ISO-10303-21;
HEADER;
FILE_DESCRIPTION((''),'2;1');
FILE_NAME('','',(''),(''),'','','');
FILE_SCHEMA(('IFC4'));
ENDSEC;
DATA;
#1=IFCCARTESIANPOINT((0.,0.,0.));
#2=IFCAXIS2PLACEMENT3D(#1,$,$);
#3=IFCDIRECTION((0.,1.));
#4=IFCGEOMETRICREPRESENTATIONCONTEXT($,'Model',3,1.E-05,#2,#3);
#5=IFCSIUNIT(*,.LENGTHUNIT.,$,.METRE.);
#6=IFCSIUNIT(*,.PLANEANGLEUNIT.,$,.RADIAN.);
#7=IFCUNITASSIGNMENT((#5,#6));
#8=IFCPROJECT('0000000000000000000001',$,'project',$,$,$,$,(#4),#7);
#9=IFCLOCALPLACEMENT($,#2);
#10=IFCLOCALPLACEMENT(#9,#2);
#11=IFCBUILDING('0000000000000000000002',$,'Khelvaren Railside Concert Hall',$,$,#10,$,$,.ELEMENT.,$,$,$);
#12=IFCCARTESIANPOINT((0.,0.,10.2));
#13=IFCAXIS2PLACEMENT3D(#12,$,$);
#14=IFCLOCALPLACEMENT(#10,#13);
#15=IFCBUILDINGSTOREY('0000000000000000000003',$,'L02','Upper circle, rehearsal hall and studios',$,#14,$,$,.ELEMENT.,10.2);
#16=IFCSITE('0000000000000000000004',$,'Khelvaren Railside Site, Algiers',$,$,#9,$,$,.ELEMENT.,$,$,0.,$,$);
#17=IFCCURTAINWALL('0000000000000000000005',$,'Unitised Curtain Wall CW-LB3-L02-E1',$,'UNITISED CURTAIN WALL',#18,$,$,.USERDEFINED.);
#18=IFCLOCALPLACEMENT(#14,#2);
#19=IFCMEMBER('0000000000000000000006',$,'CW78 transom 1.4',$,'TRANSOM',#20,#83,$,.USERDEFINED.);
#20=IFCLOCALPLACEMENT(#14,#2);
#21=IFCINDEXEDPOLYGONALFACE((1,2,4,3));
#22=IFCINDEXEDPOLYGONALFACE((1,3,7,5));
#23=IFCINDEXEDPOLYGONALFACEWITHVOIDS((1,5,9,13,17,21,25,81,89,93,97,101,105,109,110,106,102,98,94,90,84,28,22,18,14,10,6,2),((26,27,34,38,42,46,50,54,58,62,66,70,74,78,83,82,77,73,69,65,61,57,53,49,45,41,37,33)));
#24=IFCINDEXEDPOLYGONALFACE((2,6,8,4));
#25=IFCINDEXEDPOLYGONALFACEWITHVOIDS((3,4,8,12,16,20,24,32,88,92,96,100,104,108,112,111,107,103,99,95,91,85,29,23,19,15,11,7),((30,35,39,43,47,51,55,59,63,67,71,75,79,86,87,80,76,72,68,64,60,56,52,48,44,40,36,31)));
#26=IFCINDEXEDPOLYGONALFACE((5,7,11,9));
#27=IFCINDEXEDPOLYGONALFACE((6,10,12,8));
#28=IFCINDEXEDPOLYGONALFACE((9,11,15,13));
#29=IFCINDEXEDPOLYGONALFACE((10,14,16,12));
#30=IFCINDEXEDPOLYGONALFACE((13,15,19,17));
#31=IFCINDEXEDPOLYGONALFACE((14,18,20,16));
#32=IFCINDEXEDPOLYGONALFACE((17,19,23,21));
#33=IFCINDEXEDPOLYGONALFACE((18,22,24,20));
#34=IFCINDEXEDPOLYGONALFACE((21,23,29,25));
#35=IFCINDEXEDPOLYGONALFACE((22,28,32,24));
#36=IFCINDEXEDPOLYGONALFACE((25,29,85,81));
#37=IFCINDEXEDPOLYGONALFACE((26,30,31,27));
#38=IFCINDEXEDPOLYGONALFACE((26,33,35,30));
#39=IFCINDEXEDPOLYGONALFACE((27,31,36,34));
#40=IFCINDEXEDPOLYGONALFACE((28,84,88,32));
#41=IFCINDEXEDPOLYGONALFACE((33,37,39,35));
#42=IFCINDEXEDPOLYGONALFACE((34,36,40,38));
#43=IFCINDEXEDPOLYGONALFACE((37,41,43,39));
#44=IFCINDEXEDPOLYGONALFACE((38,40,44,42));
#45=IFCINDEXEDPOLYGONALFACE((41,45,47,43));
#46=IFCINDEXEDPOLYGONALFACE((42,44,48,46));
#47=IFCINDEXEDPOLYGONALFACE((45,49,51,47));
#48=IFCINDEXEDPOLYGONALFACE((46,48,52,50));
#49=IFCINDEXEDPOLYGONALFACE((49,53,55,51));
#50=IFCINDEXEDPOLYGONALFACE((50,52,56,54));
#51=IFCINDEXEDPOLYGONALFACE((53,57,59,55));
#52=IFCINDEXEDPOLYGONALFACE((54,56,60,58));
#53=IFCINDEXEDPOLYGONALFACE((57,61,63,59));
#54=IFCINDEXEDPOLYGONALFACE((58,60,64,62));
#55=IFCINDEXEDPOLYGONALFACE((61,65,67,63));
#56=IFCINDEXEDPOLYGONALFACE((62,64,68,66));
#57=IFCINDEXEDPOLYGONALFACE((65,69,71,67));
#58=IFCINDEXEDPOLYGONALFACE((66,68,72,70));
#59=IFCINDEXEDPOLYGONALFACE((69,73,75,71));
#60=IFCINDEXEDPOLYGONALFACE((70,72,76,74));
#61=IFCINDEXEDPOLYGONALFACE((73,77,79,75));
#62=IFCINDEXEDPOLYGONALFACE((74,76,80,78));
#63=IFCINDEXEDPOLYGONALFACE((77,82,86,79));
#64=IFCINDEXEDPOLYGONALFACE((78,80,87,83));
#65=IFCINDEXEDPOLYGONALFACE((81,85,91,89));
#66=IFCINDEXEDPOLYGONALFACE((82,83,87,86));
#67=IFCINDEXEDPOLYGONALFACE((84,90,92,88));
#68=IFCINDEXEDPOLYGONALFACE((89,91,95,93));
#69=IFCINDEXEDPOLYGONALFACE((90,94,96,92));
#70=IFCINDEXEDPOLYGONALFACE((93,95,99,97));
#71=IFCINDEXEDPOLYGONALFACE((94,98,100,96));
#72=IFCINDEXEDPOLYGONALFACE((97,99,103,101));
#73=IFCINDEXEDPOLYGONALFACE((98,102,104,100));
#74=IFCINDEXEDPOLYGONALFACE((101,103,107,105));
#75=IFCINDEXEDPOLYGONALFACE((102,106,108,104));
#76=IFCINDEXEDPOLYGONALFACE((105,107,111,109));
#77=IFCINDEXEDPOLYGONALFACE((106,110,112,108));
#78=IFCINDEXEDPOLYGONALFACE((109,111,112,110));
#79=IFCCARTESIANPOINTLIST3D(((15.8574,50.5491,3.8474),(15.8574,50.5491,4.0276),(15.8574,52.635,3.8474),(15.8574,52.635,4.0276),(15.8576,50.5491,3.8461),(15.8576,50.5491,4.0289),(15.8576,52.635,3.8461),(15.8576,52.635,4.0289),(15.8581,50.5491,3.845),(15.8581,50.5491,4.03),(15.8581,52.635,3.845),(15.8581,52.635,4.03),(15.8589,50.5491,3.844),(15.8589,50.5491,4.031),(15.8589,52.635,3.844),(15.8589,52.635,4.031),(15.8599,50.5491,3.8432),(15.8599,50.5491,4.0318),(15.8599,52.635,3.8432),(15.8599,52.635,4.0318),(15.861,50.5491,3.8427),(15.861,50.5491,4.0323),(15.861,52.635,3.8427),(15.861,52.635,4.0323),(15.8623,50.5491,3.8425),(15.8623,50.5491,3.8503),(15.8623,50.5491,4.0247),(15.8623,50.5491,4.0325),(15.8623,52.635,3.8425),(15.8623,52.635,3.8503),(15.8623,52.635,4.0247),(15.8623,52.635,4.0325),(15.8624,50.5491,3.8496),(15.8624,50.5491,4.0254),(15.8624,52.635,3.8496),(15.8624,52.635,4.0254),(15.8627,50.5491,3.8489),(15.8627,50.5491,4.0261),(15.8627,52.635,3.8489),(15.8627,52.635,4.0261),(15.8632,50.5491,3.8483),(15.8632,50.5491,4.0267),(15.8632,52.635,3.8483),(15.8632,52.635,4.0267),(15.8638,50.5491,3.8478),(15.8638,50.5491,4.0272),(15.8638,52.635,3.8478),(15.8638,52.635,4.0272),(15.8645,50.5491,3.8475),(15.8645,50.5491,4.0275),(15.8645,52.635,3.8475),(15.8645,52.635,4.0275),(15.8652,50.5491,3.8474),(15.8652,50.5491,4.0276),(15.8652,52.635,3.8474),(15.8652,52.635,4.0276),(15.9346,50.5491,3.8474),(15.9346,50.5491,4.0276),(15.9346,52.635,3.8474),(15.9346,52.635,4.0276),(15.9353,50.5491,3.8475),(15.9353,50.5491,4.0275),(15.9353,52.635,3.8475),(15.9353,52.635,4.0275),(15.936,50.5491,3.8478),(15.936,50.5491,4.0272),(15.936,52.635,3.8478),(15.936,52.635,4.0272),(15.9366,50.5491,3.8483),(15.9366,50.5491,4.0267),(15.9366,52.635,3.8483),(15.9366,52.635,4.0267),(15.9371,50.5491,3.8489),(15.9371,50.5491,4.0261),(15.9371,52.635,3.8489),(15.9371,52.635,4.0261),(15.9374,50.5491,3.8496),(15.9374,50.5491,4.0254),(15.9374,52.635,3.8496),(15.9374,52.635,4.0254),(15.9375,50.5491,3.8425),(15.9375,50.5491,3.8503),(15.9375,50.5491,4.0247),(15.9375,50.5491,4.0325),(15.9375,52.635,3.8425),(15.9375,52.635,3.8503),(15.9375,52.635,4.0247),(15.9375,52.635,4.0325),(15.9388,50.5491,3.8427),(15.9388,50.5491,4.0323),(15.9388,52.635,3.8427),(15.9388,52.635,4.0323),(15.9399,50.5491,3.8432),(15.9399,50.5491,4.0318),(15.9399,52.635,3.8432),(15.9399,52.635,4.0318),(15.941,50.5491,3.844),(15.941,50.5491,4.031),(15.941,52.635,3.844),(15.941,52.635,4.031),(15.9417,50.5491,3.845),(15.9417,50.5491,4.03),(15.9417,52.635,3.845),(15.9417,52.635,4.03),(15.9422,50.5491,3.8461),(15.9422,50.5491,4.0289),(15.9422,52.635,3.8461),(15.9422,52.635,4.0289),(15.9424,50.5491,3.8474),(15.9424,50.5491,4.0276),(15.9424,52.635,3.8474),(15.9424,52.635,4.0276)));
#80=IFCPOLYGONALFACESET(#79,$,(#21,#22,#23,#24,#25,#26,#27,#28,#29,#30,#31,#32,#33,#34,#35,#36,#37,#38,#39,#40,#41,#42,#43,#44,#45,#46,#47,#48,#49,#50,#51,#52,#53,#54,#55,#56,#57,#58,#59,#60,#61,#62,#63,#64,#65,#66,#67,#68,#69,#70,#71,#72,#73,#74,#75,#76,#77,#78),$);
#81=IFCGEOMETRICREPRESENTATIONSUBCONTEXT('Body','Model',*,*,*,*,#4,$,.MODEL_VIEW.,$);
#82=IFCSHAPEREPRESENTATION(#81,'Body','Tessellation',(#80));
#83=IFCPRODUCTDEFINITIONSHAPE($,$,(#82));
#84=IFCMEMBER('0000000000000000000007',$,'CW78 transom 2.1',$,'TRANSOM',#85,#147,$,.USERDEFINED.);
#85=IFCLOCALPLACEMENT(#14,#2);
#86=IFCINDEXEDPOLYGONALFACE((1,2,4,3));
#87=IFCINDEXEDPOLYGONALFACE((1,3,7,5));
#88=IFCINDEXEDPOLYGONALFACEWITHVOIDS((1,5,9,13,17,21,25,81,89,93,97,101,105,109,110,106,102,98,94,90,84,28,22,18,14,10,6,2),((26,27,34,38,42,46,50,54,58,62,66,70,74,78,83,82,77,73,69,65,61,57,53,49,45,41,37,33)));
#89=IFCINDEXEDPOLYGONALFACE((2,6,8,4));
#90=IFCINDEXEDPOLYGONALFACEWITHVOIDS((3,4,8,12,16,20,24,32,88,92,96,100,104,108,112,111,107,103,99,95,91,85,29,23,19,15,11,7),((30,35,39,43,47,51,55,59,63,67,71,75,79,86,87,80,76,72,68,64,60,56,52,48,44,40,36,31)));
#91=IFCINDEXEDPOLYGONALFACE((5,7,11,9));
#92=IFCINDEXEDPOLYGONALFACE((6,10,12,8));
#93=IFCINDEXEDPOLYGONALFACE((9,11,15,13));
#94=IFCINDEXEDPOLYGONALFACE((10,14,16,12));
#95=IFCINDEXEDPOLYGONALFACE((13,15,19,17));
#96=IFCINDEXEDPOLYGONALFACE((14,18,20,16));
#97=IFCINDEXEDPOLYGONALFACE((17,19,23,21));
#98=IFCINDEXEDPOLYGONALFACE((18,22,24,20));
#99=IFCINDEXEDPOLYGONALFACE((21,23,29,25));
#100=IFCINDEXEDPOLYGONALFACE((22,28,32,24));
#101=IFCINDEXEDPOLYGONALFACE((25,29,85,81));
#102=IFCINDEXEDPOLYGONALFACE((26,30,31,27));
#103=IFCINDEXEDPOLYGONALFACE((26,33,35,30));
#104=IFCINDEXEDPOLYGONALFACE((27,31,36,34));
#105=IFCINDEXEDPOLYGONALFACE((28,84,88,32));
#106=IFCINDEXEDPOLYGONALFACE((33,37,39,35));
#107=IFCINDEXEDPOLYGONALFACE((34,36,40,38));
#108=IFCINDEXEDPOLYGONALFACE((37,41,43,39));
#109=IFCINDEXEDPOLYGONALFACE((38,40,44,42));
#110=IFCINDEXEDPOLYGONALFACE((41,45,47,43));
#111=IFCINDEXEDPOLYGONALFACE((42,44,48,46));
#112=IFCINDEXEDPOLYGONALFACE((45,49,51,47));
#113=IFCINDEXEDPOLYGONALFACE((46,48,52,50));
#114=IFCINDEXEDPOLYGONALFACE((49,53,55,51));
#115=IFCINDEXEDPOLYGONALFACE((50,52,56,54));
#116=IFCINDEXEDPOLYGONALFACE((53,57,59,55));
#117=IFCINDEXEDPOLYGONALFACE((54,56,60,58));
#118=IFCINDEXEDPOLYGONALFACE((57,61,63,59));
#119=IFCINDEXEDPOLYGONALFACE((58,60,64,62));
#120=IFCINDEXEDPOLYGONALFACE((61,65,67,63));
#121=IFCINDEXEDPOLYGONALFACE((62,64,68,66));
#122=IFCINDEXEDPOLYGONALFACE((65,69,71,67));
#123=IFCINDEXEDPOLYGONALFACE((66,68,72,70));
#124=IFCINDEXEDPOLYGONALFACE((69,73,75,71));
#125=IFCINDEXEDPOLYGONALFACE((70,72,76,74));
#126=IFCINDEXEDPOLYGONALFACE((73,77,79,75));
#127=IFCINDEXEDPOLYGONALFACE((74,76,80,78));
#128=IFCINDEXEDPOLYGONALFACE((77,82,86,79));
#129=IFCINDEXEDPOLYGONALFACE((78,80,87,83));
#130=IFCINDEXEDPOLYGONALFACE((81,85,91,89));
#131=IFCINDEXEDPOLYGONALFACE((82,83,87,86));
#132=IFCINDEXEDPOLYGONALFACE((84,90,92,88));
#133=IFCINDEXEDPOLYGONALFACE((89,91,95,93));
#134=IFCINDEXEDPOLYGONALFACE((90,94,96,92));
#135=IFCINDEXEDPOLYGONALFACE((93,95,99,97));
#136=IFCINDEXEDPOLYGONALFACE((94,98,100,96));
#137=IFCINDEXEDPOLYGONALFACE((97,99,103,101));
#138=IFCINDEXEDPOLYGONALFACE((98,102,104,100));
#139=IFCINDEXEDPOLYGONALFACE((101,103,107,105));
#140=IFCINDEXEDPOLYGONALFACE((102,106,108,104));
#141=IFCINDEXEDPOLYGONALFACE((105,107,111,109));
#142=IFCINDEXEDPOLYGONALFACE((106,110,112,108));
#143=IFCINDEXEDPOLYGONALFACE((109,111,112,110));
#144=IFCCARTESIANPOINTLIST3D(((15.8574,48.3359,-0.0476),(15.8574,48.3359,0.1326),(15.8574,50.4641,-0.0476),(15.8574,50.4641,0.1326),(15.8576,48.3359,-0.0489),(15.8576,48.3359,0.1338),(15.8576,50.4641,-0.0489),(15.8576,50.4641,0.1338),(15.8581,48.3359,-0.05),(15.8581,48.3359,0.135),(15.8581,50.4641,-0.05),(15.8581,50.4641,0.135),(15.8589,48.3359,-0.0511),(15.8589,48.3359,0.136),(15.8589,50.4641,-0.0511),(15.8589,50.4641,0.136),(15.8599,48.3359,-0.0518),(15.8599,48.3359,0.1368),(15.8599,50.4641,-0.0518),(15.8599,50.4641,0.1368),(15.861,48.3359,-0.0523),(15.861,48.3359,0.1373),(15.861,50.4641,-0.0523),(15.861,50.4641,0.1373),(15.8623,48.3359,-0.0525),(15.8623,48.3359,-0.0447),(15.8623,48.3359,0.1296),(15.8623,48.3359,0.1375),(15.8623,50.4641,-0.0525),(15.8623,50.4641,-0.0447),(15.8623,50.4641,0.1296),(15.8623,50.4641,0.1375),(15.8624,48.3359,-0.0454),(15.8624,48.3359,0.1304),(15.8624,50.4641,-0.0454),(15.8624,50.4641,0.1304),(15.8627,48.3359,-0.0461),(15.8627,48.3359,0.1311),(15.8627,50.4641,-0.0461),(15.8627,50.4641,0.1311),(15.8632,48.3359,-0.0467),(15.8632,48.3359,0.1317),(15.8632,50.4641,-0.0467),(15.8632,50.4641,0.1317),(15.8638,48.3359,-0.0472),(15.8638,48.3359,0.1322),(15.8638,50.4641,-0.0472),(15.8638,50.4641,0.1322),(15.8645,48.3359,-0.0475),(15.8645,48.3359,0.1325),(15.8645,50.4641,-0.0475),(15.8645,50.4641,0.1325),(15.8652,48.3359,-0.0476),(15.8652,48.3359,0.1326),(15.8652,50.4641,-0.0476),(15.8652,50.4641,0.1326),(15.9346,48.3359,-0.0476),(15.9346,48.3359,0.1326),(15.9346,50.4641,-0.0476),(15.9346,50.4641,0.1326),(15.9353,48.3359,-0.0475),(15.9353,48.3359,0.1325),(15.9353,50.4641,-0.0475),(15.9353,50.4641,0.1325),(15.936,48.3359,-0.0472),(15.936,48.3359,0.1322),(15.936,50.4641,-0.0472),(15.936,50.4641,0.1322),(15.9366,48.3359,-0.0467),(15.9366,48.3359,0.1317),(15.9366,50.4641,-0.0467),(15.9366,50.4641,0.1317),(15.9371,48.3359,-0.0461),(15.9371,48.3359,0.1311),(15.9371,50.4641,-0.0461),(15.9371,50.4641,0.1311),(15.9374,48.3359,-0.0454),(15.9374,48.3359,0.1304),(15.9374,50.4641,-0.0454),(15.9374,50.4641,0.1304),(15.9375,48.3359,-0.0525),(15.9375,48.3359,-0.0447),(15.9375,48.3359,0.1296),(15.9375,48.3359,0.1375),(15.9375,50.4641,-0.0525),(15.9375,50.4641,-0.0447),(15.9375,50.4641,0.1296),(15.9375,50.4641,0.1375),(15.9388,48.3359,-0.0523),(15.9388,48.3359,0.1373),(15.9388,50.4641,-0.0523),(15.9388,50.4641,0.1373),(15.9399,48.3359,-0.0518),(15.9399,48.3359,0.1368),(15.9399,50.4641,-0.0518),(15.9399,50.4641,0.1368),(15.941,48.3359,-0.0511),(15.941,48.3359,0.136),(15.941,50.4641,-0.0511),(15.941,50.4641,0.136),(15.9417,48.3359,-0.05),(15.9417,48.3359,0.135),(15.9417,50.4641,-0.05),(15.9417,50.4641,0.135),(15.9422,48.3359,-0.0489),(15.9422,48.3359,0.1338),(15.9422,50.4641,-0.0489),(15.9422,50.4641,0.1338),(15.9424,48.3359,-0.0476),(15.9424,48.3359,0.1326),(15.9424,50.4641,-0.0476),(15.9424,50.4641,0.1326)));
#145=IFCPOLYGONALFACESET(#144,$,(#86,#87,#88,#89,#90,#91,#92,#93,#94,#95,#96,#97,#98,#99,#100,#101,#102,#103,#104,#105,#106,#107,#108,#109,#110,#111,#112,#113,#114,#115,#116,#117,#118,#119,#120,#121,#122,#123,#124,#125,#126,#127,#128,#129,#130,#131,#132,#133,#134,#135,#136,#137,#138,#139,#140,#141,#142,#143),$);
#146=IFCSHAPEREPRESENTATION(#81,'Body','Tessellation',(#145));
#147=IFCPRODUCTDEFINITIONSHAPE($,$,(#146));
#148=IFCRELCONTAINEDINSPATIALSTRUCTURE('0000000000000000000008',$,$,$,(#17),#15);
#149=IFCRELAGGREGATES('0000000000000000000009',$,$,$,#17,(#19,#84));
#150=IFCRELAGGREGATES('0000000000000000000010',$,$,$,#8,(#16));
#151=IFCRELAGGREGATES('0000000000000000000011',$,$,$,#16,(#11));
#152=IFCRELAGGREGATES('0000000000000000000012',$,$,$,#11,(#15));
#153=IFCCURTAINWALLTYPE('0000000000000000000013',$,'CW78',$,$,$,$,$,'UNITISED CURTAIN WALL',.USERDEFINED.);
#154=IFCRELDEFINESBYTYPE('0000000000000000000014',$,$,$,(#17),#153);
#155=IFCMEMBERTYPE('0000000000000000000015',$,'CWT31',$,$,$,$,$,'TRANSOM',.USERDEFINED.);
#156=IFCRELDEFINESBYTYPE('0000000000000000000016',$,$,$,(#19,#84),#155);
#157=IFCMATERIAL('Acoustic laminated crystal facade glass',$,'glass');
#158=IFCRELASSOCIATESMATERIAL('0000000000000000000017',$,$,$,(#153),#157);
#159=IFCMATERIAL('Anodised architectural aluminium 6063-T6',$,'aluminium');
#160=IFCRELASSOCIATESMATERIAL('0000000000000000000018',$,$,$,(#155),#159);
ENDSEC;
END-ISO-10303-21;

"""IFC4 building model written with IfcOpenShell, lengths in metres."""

from ifc_helpers import new_model, si_unit, direction, frame, origin, origin_2d, place, context, subcontext, project, spatial, hollow_rectangle, extrude, material, material_profile, profile_set, type_object, element, aggregate, save


model = new_model("IFC4")

# Units and contexts
model_context = context("Model", 3, precision=1e-05, world=origin(), true_north=direction((0.0, 1.0)))
body_context = subcontext(model_context, "Body", "Model", "MODEL_VIEW")
ifc_project = project(units=[si_unit("LENGTHUNIT", "METRE"), si_unit("PLANEANGLEUNIT", "RADIAN")], contexts=[model_context])

# Site, building, storey
site_placement = place(None, origin())
site = spatial("IfcSite", under=ifc_project, at=site_placement, Name="Khelvaren Railside Site, Algiers", CompositionType="ELEMENT", RefElevation=0.0)
building_placement = place(site_placement, origin())
building = spatial("IfcBuilding", under=site, at=building_placement, Name="Khelvaren Railside Concert Hall", CompositionType="ELEMENT")
storey_placement = place(building_placement, frame((0.0, 0.0, 10.2)))
storey = spatial("IfcBuildingStorey", under=building, at=storey_placement, Name="L02", Description="Upper circle, rehearsal hall and studios", CompositionType="ELEMENT", Elevation=10.2)

# Curtain wall
ifc_material_1 = material(Name="Acoustic laminated crystal facade glass", Category="glass")
curtain_wall_type = type_object("IfcCurtainWallType", Name="CW78", ElementType="UNITISED CURTAIN WALL", PredefinedType="USERDEFINED", material=ifc_material_1)
curtain_wall_1_placement = place(storey_placement, origin())
curtain_wall_1 = element("IfcCurtainWall", 1, at=curtain_wall_1_placement, inside=storey, type_object=curtain_wall_type, Name="Unitised Curtain Wall CW-LB3-L02-E1", ObjectType="UNITISED CURTAIN WALL", PredefinedType="USERDEFINED")
ifc_material_2 = material(Name="Anodised architectural aluminium 6063-T6", Category="aluminium")

# Members
ifc_material_profile_1 = material_profile(ifc_material_2, hollow_rectangle(XDim=0.085, YDim=0.1899, WallThickness=0.0049, InnerFilletRadius=0.0029, OuterFilletRadius=0.0049, at=origin_2d()), Name="CWT 85x190x5")
ifc_profile_set_1 = profile_set([ifc_material_profile_1], Name="Anodised architectural aluminium 6063-T6")
member_type_1 = type_object("IfcMemberType", Name="CWT31", ElementType="TRANSOM", PredefinedType="USERDEFINED", material=ifc_profile_set_1)
member_1_placement = place(storey_placement, frame((15.8999, 52.635, 3.9375), z_axis=(0.0, -1.0, 0.0), x_axis=(1.0, 0.0, 0.0)))
member_1 = element("IfcMember", 2, at=member_1_placement, type_object=member_type_1, Name="CW78 transom 1.4", ObjectType="TRANSOM", PredefinedType="USERDEFINED", context=body_context, shape_type="SweptSolid", body=[
    extrude(hollow_rectangle(XDim=0.085, YDim=0.1899, WallThickness=0.0049, InnerFilletRadius=0.0029, OuterFilletRadius=0.0049, at=origin_2d()), origin(), (0.0, 0.0, 1.0), 2.0859),
])
member_2_placement = place(storey_placement, frame((15.8999, 50.4641, 0.0425), z_axis=(0.0, -1.0, 0.0), x_axis=(1.0, 0.0, 0.0)))
member_2 = element("IfcMember", 3, at=member_2_placement, type_object=member_type_1, Name="CW78 transom 2.1", ObjectType="TRANSOM", PredefinedType="USERDEFINED", context=body_context, shape_type="SweptSolid", body=[
    extrude(hollow_rectangle(XDim=0.085, YDim=0.1899, WallThickness=0.0049, InnerFilletRadius=0.0029, OuterFilletRadius=0.0049, at=origin_2d()), origin(), (0.0, 0.0, 1.0), 2.1282),
])

aggregate(curtain_wall_1, [member_1, member_2])

save(model, "model.ifc")
